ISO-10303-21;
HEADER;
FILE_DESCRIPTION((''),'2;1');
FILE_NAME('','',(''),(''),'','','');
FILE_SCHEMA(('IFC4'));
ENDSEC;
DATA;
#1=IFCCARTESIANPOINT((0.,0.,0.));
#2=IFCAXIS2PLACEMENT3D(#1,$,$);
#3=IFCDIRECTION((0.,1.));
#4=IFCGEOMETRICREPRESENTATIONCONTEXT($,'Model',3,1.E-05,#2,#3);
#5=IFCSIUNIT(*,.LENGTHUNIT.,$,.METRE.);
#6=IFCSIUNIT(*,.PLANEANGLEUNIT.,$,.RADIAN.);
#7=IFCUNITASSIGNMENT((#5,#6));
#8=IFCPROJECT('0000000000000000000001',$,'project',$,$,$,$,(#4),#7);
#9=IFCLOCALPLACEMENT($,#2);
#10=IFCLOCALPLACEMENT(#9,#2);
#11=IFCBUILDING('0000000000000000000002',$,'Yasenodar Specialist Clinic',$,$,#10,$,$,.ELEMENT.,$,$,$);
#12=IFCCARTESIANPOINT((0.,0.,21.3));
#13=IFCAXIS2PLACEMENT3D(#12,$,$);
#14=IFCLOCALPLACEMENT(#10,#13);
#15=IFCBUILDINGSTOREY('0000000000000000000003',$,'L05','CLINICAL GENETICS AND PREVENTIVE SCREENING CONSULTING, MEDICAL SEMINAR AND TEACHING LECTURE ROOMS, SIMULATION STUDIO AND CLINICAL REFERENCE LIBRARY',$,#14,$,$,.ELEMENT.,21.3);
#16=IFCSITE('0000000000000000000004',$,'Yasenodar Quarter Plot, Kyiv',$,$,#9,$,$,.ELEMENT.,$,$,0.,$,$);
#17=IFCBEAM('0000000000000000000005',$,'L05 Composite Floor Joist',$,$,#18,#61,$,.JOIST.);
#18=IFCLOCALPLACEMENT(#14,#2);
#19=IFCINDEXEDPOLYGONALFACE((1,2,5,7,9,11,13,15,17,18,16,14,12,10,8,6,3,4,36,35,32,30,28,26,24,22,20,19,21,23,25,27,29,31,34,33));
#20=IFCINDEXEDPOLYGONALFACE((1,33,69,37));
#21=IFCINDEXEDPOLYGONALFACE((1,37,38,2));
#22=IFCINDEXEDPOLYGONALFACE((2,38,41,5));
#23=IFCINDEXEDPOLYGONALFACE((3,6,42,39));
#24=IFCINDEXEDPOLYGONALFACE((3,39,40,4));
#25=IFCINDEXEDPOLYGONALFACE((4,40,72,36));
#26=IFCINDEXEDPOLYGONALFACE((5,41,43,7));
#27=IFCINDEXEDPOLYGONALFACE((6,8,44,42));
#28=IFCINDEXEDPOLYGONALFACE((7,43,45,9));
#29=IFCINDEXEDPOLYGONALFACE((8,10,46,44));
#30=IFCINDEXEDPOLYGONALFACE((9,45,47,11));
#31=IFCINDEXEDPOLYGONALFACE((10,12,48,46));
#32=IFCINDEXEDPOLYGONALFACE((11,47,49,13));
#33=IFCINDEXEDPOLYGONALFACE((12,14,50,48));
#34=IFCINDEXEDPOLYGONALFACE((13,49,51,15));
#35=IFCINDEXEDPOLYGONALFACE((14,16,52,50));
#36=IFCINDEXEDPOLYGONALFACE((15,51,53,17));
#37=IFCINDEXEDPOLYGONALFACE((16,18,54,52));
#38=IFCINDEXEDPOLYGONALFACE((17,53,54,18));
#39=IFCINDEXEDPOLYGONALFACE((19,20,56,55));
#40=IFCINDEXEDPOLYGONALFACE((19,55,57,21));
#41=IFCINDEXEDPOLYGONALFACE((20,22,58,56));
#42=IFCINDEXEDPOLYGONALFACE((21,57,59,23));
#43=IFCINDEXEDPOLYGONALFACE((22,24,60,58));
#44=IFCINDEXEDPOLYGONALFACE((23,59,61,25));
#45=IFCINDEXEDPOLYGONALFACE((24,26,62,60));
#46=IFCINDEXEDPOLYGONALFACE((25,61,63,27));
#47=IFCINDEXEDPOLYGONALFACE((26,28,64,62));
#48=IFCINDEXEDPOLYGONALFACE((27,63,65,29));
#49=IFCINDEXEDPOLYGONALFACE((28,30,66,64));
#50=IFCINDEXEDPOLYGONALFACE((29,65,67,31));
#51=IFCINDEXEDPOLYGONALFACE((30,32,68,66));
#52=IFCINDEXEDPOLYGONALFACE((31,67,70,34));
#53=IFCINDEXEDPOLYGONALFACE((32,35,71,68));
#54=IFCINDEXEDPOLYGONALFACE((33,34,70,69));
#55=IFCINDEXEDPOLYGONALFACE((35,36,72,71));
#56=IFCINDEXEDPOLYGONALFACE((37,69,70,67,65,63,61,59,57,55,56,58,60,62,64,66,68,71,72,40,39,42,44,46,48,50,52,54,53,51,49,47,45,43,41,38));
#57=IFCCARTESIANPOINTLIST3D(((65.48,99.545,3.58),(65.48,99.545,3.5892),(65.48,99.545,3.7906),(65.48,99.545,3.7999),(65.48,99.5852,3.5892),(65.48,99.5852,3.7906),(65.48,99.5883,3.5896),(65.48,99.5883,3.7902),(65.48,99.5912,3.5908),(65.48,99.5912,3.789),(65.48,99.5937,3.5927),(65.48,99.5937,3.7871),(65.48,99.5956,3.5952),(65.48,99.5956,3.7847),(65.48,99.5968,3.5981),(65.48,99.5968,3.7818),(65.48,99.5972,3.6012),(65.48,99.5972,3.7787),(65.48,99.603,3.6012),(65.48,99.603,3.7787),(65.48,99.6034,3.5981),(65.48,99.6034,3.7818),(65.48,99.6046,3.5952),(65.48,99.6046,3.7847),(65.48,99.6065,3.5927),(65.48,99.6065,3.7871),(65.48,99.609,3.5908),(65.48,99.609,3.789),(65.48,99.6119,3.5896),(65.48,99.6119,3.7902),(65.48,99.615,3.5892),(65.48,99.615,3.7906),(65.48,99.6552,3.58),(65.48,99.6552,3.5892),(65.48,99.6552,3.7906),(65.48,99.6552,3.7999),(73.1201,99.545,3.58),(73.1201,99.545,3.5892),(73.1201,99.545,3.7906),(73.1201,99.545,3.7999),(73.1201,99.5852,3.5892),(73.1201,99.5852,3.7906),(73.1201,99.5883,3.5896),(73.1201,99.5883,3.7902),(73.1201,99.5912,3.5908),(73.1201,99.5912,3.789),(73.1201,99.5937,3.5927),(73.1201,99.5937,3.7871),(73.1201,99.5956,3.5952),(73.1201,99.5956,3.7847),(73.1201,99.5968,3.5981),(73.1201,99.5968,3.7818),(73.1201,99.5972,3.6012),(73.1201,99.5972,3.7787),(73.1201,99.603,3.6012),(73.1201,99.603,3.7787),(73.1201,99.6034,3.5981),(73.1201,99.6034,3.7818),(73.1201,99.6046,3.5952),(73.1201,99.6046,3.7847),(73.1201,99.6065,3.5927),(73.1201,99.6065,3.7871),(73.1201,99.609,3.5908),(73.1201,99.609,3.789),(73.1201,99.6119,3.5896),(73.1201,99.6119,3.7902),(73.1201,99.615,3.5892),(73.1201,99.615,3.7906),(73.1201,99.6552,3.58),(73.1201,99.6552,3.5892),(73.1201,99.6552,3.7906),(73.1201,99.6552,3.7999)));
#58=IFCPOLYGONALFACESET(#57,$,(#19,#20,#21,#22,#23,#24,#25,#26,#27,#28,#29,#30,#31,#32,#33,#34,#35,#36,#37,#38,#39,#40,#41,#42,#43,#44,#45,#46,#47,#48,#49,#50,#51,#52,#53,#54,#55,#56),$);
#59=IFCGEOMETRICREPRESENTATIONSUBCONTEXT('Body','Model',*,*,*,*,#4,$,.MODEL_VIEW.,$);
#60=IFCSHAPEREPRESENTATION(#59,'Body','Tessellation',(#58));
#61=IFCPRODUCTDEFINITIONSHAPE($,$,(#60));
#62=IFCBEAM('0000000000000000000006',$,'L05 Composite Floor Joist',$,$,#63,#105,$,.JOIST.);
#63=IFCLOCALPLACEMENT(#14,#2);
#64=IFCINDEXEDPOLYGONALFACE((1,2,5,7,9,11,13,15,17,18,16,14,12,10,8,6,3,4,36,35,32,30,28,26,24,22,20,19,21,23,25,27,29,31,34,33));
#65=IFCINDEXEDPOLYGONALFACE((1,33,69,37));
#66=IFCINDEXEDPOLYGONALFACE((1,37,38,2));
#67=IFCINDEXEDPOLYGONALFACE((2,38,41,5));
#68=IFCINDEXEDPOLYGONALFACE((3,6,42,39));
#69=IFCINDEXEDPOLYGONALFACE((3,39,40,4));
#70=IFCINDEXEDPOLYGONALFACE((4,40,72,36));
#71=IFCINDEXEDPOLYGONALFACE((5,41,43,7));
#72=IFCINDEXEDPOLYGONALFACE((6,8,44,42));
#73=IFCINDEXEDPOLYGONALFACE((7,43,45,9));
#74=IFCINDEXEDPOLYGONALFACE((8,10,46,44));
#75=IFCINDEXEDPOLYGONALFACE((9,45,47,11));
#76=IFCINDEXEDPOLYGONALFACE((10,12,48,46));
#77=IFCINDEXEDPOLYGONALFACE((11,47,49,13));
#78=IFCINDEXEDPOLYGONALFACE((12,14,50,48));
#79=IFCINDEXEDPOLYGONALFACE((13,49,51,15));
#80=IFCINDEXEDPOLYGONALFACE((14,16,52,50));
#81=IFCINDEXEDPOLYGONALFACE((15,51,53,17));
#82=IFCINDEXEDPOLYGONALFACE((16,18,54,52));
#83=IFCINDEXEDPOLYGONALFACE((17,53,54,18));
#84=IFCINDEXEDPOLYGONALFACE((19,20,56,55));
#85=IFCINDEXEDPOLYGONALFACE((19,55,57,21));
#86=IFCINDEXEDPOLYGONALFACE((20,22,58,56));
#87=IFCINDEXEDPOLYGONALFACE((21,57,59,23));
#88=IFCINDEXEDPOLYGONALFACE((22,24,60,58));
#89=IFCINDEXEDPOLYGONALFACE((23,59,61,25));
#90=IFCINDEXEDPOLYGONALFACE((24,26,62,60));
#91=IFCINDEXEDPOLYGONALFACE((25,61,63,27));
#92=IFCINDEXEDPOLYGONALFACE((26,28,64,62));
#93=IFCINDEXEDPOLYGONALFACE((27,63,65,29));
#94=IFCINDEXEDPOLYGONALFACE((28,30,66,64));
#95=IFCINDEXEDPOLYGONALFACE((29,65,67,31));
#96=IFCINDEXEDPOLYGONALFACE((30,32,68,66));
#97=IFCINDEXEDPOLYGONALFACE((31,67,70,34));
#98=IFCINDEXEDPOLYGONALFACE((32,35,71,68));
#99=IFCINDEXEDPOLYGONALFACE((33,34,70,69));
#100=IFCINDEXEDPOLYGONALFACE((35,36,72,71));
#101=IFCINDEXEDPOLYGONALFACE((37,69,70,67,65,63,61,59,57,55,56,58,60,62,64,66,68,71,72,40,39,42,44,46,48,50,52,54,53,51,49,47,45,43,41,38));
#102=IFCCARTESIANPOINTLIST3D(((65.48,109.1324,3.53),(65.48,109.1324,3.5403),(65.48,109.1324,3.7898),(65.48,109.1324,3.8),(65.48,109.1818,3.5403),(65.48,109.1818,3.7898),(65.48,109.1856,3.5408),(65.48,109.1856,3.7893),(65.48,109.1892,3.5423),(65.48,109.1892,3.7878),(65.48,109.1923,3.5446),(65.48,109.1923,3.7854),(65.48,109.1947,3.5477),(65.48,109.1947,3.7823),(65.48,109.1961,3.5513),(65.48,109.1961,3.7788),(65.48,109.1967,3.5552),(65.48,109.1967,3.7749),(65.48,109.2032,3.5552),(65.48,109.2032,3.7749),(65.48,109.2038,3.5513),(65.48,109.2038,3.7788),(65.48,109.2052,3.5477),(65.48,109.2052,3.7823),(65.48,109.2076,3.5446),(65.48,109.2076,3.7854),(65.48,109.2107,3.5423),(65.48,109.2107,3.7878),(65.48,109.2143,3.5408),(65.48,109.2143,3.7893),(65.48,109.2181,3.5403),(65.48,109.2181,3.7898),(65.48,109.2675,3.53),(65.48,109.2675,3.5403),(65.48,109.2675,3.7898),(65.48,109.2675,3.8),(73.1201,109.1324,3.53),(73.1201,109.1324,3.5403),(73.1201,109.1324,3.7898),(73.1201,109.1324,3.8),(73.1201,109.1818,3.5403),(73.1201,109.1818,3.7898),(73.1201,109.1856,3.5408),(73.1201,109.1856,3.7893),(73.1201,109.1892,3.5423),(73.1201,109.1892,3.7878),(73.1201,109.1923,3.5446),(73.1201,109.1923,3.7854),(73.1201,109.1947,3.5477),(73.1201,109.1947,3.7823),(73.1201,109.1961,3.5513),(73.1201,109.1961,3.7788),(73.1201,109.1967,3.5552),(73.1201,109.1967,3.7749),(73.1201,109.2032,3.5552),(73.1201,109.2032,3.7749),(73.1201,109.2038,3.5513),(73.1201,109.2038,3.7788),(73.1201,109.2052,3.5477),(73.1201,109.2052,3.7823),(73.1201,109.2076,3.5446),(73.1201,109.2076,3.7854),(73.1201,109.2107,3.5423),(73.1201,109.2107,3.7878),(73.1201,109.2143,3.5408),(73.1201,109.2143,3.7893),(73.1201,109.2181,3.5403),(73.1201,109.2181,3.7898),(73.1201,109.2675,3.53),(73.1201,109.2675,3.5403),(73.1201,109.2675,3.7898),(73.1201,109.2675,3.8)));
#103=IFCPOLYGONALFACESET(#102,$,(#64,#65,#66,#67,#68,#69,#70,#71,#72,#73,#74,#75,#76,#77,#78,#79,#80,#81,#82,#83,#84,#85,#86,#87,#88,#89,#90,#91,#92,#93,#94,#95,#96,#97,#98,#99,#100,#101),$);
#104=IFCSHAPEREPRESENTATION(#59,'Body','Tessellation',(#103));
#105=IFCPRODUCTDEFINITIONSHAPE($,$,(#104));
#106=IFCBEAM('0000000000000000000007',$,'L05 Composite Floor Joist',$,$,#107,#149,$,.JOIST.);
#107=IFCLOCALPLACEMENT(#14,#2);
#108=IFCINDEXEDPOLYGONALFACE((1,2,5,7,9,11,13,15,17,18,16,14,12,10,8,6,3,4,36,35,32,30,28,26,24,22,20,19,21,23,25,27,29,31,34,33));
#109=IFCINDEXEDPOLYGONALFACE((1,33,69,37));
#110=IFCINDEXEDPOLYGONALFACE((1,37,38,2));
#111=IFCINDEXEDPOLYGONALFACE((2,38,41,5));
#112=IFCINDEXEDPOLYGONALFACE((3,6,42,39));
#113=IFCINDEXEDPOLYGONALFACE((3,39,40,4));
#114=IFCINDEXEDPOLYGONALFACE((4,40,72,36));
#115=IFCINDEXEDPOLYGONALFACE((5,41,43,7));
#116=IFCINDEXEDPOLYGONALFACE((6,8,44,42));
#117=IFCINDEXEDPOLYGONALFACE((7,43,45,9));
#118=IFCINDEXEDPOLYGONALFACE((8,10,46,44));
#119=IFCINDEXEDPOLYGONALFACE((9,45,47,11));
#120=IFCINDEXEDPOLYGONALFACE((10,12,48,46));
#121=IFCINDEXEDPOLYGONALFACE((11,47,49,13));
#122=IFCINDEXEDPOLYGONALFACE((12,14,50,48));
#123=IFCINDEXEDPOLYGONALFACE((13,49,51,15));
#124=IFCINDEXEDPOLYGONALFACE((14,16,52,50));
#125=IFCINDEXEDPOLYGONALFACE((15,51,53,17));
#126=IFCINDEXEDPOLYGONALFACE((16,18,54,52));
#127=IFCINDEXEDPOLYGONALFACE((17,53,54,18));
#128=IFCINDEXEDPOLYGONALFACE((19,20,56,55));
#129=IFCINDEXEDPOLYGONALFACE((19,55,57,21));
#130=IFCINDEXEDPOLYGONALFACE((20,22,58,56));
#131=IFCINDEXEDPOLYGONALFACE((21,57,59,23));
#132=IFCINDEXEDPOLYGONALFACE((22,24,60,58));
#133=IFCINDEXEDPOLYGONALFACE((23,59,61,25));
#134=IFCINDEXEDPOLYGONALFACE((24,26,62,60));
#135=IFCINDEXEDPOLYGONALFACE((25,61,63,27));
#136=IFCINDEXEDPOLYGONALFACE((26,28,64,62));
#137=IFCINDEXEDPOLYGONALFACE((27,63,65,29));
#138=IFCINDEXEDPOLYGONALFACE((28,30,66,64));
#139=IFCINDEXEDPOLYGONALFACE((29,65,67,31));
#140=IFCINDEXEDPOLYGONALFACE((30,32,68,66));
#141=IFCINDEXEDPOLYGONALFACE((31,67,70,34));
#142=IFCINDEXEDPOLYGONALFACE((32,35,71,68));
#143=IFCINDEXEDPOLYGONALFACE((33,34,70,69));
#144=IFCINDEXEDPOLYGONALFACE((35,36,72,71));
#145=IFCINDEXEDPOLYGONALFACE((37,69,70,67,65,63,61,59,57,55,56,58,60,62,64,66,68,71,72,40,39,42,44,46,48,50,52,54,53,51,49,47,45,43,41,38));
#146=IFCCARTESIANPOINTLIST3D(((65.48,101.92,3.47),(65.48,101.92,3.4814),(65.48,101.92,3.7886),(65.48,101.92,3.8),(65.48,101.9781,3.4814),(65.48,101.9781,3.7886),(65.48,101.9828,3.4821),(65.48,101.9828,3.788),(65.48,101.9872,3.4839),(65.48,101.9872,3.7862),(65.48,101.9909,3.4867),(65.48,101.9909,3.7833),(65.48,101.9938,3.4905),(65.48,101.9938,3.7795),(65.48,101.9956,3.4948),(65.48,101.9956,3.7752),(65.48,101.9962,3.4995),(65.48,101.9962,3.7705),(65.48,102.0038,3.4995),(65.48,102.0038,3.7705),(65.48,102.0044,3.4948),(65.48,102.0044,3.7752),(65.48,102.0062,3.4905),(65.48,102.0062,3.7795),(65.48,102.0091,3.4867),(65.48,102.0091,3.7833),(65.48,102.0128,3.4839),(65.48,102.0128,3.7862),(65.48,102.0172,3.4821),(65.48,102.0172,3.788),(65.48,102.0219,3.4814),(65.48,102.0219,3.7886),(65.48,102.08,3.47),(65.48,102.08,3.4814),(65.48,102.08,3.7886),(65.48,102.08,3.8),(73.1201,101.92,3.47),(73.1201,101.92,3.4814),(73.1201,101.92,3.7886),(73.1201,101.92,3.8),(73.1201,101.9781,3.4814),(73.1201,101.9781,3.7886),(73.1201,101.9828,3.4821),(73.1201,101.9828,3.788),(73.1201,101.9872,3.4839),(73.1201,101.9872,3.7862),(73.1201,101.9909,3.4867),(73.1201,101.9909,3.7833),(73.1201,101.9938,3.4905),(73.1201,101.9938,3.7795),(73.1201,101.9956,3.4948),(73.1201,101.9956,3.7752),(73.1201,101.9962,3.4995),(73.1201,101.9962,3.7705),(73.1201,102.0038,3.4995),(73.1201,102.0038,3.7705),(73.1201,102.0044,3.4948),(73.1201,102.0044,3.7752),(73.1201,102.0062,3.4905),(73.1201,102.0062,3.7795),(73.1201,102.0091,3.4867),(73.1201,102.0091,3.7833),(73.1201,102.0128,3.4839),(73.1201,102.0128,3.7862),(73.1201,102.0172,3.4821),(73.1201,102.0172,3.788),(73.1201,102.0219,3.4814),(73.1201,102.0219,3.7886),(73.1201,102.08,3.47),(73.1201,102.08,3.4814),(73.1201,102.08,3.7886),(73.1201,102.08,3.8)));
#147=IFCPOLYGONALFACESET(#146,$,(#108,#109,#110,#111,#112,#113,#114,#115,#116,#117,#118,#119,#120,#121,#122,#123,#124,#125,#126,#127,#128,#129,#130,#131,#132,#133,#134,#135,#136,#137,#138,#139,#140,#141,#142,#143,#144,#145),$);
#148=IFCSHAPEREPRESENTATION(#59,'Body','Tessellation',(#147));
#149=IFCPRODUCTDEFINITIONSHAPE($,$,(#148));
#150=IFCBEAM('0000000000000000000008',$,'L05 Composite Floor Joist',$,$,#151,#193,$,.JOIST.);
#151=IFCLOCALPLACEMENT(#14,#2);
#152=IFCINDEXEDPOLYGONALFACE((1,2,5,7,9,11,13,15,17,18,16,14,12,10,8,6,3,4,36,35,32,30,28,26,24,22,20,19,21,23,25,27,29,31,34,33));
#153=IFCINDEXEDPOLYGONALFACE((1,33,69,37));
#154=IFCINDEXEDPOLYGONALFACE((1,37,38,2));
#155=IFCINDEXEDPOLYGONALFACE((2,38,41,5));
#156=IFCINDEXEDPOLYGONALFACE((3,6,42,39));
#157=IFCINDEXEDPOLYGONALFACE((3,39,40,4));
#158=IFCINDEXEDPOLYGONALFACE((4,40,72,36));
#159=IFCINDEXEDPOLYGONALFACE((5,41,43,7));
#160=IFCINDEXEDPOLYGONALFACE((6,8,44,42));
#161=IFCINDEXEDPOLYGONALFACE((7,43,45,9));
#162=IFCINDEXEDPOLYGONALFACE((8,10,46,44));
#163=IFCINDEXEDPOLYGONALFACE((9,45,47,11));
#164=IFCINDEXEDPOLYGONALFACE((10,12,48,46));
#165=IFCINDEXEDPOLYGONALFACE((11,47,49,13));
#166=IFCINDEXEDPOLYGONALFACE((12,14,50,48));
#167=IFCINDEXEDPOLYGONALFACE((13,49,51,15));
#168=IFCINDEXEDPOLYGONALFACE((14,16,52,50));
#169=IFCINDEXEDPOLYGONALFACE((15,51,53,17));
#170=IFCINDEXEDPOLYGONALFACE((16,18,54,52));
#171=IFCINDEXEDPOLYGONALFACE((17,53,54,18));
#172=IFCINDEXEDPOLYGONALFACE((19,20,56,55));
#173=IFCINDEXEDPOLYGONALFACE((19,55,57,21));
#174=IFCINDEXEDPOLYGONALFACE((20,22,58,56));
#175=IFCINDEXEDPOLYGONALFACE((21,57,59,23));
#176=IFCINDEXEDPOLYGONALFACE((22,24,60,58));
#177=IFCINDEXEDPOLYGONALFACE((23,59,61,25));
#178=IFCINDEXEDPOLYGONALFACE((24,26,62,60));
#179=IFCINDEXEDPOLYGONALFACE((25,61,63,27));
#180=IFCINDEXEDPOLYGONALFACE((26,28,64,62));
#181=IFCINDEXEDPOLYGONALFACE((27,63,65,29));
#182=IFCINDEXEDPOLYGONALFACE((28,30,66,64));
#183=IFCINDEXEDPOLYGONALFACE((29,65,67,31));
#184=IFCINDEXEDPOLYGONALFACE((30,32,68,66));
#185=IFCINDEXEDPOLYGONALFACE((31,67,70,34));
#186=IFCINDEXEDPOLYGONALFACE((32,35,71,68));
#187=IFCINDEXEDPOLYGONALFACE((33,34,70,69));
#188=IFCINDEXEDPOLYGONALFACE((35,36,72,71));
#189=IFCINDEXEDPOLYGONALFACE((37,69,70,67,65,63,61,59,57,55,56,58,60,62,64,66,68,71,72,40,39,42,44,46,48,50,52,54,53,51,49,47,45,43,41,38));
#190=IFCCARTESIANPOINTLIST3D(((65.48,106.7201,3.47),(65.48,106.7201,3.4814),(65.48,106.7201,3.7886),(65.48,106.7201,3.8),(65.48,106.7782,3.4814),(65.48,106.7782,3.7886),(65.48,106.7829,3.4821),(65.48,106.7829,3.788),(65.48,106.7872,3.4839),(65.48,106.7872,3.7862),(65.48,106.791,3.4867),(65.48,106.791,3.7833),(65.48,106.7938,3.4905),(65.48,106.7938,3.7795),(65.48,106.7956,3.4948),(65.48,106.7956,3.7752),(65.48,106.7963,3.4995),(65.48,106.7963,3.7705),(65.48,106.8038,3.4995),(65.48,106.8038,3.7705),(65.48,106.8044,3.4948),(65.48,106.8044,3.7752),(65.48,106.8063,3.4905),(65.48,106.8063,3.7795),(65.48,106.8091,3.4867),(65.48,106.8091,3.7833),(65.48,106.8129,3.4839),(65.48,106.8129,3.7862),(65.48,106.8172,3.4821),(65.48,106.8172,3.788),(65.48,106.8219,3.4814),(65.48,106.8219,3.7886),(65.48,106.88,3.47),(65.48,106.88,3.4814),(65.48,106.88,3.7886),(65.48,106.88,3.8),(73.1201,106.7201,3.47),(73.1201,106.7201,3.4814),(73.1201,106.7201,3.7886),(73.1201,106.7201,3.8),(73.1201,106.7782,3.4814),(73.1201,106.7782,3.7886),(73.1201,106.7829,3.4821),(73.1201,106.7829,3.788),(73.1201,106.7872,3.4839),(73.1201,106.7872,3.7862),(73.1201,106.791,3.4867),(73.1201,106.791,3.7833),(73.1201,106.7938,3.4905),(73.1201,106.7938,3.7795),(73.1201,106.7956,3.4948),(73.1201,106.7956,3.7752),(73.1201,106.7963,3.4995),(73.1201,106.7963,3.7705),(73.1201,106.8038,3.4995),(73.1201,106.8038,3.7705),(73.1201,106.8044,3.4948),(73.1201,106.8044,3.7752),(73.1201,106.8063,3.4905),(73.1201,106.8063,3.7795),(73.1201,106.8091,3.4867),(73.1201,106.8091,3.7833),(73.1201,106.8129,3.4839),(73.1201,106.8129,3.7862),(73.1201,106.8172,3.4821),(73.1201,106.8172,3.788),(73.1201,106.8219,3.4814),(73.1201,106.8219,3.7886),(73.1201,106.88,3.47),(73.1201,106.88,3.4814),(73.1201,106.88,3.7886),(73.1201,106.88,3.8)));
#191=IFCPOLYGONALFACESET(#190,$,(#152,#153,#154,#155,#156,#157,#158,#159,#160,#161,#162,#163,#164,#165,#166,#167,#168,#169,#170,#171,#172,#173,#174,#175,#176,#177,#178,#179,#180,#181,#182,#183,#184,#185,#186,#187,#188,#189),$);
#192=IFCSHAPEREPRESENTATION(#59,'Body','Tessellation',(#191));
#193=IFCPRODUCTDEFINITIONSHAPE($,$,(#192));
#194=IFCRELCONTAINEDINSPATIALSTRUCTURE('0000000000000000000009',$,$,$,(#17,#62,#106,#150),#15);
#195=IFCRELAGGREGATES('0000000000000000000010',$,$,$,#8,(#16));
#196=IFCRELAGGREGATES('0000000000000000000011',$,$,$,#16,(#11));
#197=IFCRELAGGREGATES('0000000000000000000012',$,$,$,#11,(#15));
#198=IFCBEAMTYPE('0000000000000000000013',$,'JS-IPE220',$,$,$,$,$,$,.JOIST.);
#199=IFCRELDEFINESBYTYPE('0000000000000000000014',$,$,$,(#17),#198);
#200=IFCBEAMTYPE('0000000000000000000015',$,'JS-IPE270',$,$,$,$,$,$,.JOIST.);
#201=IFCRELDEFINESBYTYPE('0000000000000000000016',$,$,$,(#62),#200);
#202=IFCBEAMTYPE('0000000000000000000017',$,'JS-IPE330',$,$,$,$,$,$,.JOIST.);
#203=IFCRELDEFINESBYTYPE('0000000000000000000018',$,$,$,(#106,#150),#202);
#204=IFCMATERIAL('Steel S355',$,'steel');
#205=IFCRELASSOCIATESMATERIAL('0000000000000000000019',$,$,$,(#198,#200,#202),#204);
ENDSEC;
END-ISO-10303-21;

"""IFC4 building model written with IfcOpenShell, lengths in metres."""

from ifc_helpers import new_model, si_unit, direction, frame, origin, origin_2d, place, context, subcontext, project, spatial, i_section, extrude, material, material_profile, profile_set, type_object, element, save


model = new_model("IFC4")

# Units and contexts
model_context = context("Model", 3, precision=1e-05, world=origin(), true_north=direction((0.0, 1.0)))
body_context = subcontext(model_context, "Body", "Model", "MODEL_VIEW")
ifc_project = project(units=[si_unit("LENGTHUNIT", "METRE"), si_unit("PLANEANGLEUNIT", "RADIAN")], contexts=[model_context])

# Site, building, storey
site_placement = place(None, origin())
site = spatial("IfcSite", under=ifc_project, at=site_placement, Name="Yasenodar Quarter Plot, Kyiv", CompositionType="ELEMENT", RefElevation=0.0)
building_placement = place(site_placement, origin())
building = spatial("IfcBuilding", under=site, at=building_placement, Name="Yasenodar Specialist Clinic", CompositionType="ELEMENT")
storey_placement = place(building_placement, frame((0.0, 0.0, 21.3)))
storey = spatial("IfcBuildingStorey", under=building, at=storey_placement, Name="L05", Description="CLINICAL GENETICS AND PREVENTIVE SCREENING CONSULTING, MEDICAL SEMINAR AND TEACHING LECTURE ROOMS, SIMULATION STUDIO AND CLINICAL REFERENCE LIBRARY", CompositionType="ELEMENT", Elevation=21.3)

# Shared definitions
ifc_material_1 = material(Name="Steel S355", Category="steel")

# Beams
ifc_material_profile_1 = material_profile(ifc_material_1, i_section(OverallWidth=0.1101, OverallDepth=0.22, WebThickness=0.0059, FlangeThickness=0.0093, FilletRadius=0.012, at=origin_2d()), Name="IPE 220")
ifc_profile_set_1 = profile_set([ifc_material_profile_1], Name="Steel S355")
beam_type_1 = type_object("IfcBeamType", Name="JS-IPE220", PredefinedType="JOIST", material=ifc_profile_set_1)
beam_1_placement = place(storey_placement, frame((65.48, 99.6001, 3.6899), z_axis=(1.0, 0.0, 0.0), x_axis=(0.0, 1.0, 0.0)))
element("IfcBeam", 1, at=beam_1_placement, inside=storey, type_object=beam_type_1, Name="L05 Composite Floor Joist", PredefinedType="JOIST", context=body_context, shape_type="SweptSolid", body=[
    extrude(i_section(OverallWidth=0.1101, OverallDepth=0.22, WebThickness=0.0059, FlangeThickness=0.0093, FilletRadius=0.012, at=origin_2d()), origin(), (0.0, 0.0, 1.0), 7.6401),
])
ifc_material_profile_2 = material_profile(ifc_material_1, i_section(OverallWidth=0.135, OverallDepth=0.27, WebThickness=0.0066, FlangeThickness=0.0103, FilletRadius=0.0149, at=origin_2d()), Name="IPE 270")
ifc_profile_set_2 = profile_set([ifc_material_profile_2], Name="Steel S355")
beam_type_2 = type_object("IfcBeamType", Name="JS-IPE270", PredefinedType="JOIST", material=ifc_profile_set_2)
beam_2_placement = place(storey_placement, frame((65.48, 109.2, 3.665), z_axis=(1.0, 0.0, 0.0), x_axis=(0.0, 1.0, 0.0)))
element("IfcBeam", 2, at=beam_2_placement, inside=storey, type_object=beam_type_2, Name="L05 Composite Floor Joist", PredefinedType="JOIST", context=body_context, shape_type="SweptSolid", body=[
    extrude(i_section(OverallWidth=0.135, OverallDepth=0.27, WebThickness=0.0066, FlangeThickness=0.0103, FilletRadius=0.0149, at=origin_2d()), origin(), (0.0, 0.0, 1.0), 7.6401),
])
ifc_material_profile_3 = material_profile(ifc_material_1, i_section(OverallWidth=0.1599, OverallDepth=0.3301, WebThickness=0.0076, FlangeThickness=0.0115, FilletRadius=0.0181, at=origin_2d()), Name="IPE 330")
ifc_profile_set_3 = profile_set([ifc_material_profile_3], Name="Steel S355")
beam_type_3 = type_object("IfcBeamType", Name="JS-IPE330", PredefinedType="JOIST", material=ifc_profile_set_3)
for number, where, z_axis, x_axis, name in (
    (3, (65.48, 102.0, 3.635), (1.0, 0.0, 0.0), (0.0, 1.0, 0.0), "L05 Composite Floor Joist"),
    (4, (65.48, 106.8, 3.635), (1.0, 0.0, 0.0), (0.0, 1.0, 0.0), "L05 Composite Floor Joist"),
):
    element("IfcBeam", number, at=place(storey_placement, frame(where, z_axis=z_axis, x_axis=x_axis)), inside=storey, type_object=beam_type_3, Name=name, PredefinedType="JOIST", context=body_context, shape_type="SweptSolid", body=[
        extrude(i_section(OverallWidth=0.1599, OverallDepth=0.3301, WebThickness=0.0076, FlangeThickness=0.0115, FilletRadius=0.0181, at=origin_2d()), origin(), (0.0, 0.0, 1.0), 7.6401),
    ])

save(model, "model.ifc")
